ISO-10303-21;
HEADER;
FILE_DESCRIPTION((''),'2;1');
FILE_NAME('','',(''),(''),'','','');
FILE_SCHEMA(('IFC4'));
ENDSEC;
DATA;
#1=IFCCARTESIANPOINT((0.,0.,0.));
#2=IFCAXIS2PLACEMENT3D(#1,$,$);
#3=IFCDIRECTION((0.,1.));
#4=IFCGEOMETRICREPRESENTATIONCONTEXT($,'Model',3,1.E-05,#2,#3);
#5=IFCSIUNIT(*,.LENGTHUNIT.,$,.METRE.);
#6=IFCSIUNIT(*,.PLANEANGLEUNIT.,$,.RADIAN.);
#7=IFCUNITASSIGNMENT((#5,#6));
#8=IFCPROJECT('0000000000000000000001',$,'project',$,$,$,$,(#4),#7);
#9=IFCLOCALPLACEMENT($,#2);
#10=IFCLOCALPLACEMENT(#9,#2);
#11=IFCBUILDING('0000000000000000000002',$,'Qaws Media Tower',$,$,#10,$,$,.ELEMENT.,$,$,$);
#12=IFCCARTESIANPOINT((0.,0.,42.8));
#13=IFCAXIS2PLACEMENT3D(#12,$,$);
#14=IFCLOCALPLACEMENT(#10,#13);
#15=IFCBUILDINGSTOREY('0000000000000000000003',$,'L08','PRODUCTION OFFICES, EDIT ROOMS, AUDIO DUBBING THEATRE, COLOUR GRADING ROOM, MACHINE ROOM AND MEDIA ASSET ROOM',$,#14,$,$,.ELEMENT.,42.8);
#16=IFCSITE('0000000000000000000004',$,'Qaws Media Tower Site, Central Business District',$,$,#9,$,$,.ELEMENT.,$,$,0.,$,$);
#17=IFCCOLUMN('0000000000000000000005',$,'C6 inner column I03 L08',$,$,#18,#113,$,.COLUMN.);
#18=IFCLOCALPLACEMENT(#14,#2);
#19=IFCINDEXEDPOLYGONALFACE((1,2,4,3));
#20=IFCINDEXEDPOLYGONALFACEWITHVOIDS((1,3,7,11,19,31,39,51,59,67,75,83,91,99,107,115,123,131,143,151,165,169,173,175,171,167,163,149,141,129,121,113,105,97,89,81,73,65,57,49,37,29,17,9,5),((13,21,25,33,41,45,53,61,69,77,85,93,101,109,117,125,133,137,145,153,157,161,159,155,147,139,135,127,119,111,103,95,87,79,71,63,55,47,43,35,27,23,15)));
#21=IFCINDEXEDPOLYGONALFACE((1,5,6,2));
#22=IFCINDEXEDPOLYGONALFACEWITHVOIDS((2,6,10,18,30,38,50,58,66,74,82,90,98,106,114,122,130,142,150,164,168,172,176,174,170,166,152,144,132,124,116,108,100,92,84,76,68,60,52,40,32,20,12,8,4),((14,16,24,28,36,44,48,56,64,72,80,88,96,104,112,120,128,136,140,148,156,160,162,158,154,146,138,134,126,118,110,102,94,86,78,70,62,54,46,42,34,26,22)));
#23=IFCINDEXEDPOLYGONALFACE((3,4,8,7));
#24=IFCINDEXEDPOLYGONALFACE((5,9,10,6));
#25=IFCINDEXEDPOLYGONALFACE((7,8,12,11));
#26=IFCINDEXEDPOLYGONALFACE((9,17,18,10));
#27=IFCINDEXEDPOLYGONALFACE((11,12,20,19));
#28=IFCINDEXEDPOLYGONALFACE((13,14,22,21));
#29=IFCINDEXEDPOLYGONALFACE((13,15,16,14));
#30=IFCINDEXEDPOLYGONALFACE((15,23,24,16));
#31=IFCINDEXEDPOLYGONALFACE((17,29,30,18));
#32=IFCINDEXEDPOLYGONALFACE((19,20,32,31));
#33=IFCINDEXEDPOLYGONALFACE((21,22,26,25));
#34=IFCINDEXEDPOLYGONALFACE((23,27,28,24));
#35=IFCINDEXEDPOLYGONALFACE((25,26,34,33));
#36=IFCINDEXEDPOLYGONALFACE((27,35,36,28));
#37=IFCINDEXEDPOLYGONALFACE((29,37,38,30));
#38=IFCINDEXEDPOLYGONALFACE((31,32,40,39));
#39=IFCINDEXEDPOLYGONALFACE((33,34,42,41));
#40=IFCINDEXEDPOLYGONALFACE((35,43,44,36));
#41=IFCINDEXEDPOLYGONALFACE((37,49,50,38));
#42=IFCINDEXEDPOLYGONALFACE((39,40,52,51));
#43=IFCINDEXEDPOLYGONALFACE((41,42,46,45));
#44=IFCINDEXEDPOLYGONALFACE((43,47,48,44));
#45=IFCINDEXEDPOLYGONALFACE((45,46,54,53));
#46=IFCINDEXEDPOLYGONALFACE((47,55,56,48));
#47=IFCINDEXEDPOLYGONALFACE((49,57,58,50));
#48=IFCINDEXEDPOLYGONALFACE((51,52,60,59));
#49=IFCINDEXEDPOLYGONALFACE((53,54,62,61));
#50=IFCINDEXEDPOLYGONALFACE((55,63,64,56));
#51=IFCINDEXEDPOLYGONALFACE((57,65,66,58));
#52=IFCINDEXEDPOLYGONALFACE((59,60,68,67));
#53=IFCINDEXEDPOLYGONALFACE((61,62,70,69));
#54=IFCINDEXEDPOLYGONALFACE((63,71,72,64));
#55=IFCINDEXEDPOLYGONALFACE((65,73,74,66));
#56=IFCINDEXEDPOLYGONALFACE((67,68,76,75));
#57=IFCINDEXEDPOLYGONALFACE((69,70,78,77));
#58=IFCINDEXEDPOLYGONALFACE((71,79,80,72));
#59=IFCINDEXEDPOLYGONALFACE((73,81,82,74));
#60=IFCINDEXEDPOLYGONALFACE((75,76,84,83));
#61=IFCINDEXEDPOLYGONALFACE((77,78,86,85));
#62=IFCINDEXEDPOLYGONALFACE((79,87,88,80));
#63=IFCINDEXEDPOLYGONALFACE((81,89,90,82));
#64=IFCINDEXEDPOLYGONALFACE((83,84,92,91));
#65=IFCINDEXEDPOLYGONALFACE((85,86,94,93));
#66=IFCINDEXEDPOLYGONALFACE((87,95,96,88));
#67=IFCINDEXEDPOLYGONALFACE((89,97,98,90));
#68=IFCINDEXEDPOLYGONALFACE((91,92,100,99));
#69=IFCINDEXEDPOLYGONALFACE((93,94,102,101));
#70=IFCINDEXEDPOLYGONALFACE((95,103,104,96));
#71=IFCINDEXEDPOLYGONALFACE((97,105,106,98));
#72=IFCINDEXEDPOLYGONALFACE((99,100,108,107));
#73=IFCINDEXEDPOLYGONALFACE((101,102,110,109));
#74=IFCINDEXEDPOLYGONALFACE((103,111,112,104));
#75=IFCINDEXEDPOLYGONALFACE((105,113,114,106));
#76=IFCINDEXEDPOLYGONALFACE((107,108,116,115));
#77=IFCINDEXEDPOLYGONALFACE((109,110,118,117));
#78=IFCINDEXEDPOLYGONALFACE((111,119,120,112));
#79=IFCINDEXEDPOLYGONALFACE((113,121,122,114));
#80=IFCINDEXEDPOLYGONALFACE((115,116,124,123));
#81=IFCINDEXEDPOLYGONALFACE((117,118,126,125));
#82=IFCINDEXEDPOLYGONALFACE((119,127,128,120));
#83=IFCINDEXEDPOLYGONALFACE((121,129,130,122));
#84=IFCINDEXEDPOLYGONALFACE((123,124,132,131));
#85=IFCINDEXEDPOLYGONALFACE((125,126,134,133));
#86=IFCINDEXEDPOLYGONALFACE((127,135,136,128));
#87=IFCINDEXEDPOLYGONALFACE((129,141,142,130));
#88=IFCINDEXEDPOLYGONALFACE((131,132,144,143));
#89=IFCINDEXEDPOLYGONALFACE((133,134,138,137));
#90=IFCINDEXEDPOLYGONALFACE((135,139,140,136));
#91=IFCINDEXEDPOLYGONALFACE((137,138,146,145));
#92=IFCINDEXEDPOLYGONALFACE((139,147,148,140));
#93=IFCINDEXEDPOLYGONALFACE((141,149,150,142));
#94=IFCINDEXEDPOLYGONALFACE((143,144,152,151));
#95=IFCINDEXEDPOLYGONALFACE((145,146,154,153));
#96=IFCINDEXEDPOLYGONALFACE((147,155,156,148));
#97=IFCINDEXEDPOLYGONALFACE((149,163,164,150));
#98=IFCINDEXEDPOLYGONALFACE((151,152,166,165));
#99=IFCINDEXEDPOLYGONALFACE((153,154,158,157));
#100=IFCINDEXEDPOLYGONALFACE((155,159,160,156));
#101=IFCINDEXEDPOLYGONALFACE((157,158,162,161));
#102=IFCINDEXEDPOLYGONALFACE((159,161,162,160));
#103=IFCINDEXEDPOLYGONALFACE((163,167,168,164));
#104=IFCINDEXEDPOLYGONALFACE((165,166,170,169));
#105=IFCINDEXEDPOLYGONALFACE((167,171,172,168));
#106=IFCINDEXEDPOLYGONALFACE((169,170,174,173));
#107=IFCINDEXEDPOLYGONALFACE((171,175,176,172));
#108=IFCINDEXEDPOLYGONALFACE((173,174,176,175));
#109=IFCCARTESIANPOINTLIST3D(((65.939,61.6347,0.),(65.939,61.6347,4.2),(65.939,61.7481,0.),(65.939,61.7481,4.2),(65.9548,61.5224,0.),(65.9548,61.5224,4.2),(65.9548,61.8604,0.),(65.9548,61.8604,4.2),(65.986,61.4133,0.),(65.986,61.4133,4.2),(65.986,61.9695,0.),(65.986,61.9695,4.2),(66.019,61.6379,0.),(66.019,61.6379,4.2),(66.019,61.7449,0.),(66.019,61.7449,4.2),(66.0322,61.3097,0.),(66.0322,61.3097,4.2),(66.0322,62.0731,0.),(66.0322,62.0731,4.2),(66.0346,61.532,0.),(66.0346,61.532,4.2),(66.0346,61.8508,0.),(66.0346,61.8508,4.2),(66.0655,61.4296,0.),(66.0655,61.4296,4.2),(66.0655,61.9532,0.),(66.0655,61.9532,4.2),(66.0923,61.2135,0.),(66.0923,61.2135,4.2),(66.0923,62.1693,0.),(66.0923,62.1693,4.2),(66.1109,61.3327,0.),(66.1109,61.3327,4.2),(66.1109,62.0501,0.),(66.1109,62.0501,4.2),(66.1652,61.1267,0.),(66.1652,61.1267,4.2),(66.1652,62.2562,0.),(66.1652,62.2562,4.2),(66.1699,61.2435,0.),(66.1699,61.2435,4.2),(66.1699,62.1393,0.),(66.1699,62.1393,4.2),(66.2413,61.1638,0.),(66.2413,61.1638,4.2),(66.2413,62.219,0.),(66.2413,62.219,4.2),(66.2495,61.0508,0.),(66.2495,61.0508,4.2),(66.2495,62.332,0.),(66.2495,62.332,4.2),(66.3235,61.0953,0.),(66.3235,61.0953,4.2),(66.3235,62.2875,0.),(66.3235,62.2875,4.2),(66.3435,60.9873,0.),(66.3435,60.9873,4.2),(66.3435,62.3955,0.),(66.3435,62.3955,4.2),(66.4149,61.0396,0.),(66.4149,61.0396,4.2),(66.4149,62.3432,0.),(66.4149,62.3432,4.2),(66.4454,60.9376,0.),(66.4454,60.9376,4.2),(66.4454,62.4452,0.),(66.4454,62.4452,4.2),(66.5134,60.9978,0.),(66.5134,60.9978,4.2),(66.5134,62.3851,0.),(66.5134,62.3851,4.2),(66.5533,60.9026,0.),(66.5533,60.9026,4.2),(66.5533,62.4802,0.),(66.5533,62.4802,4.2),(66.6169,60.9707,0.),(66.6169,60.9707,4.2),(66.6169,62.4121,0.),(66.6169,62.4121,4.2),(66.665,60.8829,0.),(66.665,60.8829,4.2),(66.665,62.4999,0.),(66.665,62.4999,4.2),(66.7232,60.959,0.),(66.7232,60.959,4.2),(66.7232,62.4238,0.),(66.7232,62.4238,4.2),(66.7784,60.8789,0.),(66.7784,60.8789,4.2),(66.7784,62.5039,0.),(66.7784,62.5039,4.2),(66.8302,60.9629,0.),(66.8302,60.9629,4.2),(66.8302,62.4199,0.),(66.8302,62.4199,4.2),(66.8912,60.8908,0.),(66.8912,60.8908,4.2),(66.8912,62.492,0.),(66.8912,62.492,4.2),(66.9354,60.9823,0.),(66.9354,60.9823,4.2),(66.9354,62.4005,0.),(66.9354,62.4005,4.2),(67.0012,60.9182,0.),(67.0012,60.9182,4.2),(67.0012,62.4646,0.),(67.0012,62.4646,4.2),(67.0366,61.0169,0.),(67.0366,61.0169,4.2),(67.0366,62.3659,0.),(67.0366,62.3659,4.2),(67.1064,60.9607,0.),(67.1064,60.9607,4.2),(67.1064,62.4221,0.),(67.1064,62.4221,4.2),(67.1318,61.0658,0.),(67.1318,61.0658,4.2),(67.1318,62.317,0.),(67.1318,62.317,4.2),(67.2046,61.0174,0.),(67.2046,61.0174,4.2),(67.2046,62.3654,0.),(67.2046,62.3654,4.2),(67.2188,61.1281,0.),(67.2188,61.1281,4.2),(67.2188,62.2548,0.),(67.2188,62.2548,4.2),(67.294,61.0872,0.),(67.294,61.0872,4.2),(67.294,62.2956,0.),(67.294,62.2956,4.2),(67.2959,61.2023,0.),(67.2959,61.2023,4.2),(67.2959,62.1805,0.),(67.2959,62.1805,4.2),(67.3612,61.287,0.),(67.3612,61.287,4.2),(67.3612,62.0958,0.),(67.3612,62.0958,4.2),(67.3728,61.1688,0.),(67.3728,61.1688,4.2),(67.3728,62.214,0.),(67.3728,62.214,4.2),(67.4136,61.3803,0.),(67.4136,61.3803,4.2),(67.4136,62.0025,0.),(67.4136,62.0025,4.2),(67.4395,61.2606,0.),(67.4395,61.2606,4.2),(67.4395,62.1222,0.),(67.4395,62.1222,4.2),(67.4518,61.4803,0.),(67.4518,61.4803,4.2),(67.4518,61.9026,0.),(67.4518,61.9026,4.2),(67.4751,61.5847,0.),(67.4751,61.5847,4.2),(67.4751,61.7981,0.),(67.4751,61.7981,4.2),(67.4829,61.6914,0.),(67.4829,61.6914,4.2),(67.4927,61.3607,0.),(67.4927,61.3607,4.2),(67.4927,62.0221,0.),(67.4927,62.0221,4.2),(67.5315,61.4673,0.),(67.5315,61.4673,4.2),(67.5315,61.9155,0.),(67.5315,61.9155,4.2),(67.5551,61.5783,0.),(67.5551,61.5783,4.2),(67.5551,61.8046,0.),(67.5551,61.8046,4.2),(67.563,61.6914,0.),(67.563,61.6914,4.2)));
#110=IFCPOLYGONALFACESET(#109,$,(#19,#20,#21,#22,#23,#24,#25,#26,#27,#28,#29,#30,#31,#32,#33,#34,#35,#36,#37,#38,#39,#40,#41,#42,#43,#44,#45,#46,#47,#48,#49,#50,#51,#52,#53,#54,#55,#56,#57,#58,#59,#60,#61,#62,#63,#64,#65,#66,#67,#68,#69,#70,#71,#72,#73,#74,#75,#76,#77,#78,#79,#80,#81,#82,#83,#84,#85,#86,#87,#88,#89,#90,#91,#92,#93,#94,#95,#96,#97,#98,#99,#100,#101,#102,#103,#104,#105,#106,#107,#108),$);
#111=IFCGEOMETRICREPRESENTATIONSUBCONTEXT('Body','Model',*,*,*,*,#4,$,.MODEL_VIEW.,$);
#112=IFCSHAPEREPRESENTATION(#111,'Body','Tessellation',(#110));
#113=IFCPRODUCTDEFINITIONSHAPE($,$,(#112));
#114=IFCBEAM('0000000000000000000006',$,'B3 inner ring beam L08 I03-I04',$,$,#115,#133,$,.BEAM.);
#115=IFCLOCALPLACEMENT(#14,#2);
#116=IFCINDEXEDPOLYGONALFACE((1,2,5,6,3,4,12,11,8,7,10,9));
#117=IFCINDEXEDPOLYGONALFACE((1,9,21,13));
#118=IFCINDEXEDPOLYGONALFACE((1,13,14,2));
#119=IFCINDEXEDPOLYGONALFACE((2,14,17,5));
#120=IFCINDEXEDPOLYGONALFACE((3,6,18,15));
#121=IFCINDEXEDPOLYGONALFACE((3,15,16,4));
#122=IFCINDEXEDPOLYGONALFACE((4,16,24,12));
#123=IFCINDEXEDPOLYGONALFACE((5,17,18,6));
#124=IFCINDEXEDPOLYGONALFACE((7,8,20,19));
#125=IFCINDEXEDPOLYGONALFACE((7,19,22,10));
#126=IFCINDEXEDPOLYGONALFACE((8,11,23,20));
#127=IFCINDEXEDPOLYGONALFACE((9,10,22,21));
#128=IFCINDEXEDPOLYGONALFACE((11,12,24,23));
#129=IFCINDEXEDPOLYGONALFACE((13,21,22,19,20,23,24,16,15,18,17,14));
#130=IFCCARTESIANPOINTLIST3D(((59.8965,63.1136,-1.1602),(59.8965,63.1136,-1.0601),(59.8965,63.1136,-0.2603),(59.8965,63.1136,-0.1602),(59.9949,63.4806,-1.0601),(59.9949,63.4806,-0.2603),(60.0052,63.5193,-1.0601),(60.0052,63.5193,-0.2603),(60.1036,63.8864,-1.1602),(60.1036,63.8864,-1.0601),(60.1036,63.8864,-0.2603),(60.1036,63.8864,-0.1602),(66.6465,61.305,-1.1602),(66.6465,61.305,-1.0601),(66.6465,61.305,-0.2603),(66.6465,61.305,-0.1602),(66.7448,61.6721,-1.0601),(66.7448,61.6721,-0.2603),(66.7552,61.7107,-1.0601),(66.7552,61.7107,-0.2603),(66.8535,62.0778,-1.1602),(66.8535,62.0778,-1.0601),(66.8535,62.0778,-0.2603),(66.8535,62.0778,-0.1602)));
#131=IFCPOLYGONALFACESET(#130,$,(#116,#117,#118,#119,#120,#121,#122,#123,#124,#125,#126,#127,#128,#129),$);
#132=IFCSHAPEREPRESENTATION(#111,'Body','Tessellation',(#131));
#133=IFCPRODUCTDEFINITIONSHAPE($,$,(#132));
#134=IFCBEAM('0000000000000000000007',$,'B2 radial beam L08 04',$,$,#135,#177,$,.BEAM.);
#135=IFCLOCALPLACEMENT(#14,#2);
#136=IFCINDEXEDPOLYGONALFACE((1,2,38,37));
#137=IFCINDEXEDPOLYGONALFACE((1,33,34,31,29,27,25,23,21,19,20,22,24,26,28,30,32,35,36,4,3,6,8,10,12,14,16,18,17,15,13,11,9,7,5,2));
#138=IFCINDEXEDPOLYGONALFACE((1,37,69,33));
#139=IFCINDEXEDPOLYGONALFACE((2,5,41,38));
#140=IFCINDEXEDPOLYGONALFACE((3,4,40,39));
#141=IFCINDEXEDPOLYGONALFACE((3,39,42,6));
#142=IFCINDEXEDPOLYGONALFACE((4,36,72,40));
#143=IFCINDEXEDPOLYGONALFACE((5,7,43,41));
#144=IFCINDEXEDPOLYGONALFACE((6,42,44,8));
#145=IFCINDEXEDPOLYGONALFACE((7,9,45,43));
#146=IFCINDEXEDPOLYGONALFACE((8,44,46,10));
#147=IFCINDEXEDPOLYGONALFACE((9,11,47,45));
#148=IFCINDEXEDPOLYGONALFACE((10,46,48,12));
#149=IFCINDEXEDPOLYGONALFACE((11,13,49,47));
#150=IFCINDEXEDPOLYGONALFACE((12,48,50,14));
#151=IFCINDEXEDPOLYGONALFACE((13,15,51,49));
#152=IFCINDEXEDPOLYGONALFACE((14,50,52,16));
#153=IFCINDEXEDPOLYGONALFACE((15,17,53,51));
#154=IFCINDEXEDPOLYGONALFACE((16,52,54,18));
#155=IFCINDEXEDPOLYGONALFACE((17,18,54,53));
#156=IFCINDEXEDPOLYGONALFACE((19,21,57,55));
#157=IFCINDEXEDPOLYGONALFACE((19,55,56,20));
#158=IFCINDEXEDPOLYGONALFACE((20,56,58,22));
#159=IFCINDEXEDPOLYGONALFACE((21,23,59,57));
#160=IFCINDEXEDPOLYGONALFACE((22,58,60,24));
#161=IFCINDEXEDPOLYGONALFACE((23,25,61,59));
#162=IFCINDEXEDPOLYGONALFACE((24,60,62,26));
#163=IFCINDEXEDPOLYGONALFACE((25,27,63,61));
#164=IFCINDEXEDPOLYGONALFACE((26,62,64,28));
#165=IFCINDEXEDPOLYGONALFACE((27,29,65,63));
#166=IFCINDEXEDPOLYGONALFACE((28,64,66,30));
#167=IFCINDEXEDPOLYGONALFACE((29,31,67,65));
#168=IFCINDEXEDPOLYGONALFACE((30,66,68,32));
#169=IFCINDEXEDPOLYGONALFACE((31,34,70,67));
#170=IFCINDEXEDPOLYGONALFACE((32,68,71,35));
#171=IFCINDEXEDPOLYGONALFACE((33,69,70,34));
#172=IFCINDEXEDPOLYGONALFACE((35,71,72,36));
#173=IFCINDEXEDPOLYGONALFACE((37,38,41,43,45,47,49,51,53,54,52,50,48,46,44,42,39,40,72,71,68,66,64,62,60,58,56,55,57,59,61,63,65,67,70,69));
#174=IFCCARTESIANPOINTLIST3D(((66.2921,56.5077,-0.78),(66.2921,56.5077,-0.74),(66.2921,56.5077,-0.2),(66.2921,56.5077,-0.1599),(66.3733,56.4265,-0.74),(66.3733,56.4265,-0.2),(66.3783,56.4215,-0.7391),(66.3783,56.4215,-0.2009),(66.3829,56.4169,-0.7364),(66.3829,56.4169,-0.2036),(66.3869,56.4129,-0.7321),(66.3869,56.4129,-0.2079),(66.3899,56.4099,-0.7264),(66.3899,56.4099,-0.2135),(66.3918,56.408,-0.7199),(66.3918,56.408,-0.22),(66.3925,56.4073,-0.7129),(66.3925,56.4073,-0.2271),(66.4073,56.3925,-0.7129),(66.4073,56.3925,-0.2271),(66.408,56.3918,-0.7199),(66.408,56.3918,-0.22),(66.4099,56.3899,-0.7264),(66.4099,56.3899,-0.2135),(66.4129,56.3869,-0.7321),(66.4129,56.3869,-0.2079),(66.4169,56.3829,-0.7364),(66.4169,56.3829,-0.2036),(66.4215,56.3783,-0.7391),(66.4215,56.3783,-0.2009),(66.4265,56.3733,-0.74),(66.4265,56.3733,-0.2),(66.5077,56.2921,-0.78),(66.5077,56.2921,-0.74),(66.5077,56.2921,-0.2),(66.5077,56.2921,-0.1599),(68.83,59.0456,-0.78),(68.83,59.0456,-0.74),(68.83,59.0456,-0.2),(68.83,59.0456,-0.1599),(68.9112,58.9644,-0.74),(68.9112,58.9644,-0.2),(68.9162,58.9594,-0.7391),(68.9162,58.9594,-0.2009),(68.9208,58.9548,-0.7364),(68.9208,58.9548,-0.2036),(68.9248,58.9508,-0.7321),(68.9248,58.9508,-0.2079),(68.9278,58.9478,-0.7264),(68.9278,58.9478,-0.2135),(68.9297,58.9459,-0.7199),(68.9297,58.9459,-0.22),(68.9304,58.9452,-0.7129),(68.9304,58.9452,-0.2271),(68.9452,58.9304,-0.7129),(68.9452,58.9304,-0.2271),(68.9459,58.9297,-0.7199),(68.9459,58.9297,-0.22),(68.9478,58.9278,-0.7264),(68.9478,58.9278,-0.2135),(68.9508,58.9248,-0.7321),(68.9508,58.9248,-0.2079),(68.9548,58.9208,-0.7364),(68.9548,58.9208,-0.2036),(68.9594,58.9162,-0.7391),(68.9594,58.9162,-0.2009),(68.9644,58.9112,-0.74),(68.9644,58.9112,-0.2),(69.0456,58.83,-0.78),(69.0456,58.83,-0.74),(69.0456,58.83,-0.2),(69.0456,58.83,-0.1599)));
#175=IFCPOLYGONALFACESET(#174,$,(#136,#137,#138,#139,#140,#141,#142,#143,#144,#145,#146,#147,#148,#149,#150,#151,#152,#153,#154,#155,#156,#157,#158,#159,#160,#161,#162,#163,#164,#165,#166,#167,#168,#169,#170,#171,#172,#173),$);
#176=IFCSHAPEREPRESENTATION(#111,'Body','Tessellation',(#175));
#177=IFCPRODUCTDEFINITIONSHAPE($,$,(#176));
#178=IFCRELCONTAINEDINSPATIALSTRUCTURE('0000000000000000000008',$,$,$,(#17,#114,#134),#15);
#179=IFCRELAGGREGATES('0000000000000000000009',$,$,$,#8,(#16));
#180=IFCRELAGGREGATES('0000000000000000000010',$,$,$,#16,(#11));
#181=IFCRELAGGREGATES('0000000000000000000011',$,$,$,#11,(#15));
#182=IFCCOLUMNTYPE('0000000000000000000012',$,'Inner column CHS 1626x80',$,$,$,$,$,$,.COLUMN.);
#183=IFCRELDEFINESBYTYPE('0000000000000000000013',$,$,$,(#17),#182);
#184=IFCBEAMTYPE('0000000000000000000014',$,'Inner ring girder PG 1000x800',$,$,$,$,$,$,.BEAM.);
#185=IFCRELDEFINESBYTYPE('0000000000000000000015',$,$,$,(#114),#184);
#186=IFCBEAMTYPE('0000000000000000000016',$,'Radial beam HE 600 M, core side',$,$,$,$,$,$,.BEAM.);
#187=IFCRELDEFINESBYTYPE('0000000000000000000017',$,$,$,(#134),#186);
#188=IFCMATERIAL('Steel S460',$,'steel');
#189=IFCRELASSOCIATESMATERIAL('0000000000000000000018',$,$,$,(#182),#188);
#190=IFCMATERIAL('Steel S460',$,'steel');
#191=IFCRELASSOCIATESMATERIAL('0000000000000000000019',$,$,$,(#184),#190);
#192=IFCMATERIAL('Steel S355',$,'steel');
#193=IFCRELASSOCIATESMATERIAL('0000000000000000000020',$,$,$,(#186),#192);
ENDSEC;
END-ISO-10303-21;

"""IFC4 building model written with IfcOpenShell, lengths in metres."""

from ifc_helpers import new_model, si_unit, direction, frame, origin, origin_2d, place, context, subcontext, project, spatial, hollow_circle, i_section, extrude, material, material_profile, profile_set, type_object, element, save


model = new_model("IFC4")

# Units and contexts
model_context = context("Model", 3, precision=1e-05, world=origin(), true_north=direction((0.0, 1.0)))
body_context = subcontext(model_context, "Body", "Model", "MODEL_VIEW")
ifc_project = project(units=[si_unit("LENGTHUNIT", "METRE"), si_unit("PLANEANGLEUNIT", "RADIAN")], contexts=[model_context])

# Site, building, storey
site_placement = place(None, origin())
site = spatial("IfcSite", under=ifc_project, at=site_placement, Name="Qaws Media Tower Site, Central Business District", CompositionType="ELEMENT", RefElevation=0.0)
building_placement = place(site_placement, origin())
building = spatial("IfcBuilding", under=site, at=building_placement, Name="Qaws Media Tower", CompositionType="ELEMENT")
storey_placement = place(building_placement, frame((0.0, 0.0, 42.8)))
storey = spatial("IfcBuildingStorey", under=building, at=storey_placement, Name="L08", Description="PRODUCTION OFFICES, EDIT ROOMS, AUDIO DUBBING THEATRE, COLOUR GRADING ROOM, MACHINE ROOM AND MEDIA ASSET ROOM", CompositionType="ELEMENT", Elevation=42.8)

# Column
ifc_material_1 = material(Name="Steel S460", Category="steel")
ifc_material_profile_1 = material_profile(ifc_material_1, hollow_circle(Radius=0.813, WallThickness=0.0801, at=origin_2d()), Name="CHS 1626x80")
ifc_profile_set_1 = profile_set([ifc_material_profile_1], Name="Steel S460")
column_type = type_object("IfcColumnType", Name="Inner column CHS 1626x80", PredefinedType="COLUMN", material=ifc_profile_set_1)
column_placement = place(storey_placement, frame((66.75, 61.6914, 0.0), z_axis=(0.0, 0.0, 1.0), x_axis=(1.0, 0.0, 0.0)))
element("IfcColumn", 1, at=column_placement, inside=storey, type_object=column_type, Name="C6 inner column I03 L08", PredefinedType="COLUMN", context=body_context, shape_type="SweptSolid", body=[
    extrude(hollow_circle(Radius=0.813, WallThickness=0.0801, at=origin_2d()), origin(), (0.0, 0.0, 1.0), 4.2),
])

# Beams
ifc_material_2 = material(Name="Steel S460", Category="steel")
ifc_material_profile_2 = material_profile(ifc_material_2, i_section(OverallWidth=0.8, OverallDepth=1.0, WebThickness=0.04, FlangeThickness=0.1001, at=origin_2d()), Name="PG 1000x800")
ifc_profile_set_2 = profile_set([ifc_material_profile_2], Name="Steel S460")
beam_type_1 = type_object("IfcBeamType", Name="Inner ring girder PG 1000x800", PredefinedType="BEAM", material=ifc_profile_set_2)
beam_1_placement = place(storey_placement, frame((66.75, 61.6914, -0.6602), z_axis=(-0.965928, 0.258811, 0.0), x_axis=(-0.258811, -0.965928, 0.0)))
element("IfcBeam", 2, at=beam_1_placement, inside=storey, type_object=beam_type_1, Name="B3 inner ring beam L08 I03-I04", PredefinedType="BEAM", context=body_context, shape_type="SweptSolid", body=[
    extrude(i_section(OverallWidth=0.8, OverallDepth=1.0, WebThickness=0.04, FlangeThickness=0.1001, at=origin_2d()), origin(), (0.0, 0.0, 1.0), 6.988),
])
ifc_material_3 = material(Name="Steel S355", Category="steel")
ifc_material_profile_3 = material_profile(ifc_material_3, i_section(OverallWidth=0.3049, OverallDepth=0.6201, WebThickness=0.021, FlangeThickness=0.04, FilletRadius=0.0271, at=origin_2d()), Name="HE 600 M")
ifc_profile_set_3 = profile_set([ifc_material_profile_3], Name="Steel S355")
beam_type_2 = type_object("IfcBeamType", Name="Radial beam HE 600 M, core side", PredefinedType="BEAM", material=ifc_profile_set_3)
beam_2_placement = place(storey_placement, frame((66.3999, 56.3999, -0.47), z_axis=(0.707107, 0.707107, 0.0), x_axis=(-0.707107, 0.707107, 0.0)))
element("IfcBeam", 3, at=beam_2_placement, inside=storey, type_object=beam_type_2, Name="B2 radial beam L08 04", PredefinedType="BEAM", context=body_context, shape_type="SweptSolid", body=[
    extrude(i_section(OverallWidth=0.3049, OverallDepth=0.6201, WebThickness=0.021, FlangeThickness=0.04, FilletRadius=0.0271, at=origin_2d()), origin(), (0.0, 0.0, 1.0), 3.5891),
])

save(model, "model.ifc")
